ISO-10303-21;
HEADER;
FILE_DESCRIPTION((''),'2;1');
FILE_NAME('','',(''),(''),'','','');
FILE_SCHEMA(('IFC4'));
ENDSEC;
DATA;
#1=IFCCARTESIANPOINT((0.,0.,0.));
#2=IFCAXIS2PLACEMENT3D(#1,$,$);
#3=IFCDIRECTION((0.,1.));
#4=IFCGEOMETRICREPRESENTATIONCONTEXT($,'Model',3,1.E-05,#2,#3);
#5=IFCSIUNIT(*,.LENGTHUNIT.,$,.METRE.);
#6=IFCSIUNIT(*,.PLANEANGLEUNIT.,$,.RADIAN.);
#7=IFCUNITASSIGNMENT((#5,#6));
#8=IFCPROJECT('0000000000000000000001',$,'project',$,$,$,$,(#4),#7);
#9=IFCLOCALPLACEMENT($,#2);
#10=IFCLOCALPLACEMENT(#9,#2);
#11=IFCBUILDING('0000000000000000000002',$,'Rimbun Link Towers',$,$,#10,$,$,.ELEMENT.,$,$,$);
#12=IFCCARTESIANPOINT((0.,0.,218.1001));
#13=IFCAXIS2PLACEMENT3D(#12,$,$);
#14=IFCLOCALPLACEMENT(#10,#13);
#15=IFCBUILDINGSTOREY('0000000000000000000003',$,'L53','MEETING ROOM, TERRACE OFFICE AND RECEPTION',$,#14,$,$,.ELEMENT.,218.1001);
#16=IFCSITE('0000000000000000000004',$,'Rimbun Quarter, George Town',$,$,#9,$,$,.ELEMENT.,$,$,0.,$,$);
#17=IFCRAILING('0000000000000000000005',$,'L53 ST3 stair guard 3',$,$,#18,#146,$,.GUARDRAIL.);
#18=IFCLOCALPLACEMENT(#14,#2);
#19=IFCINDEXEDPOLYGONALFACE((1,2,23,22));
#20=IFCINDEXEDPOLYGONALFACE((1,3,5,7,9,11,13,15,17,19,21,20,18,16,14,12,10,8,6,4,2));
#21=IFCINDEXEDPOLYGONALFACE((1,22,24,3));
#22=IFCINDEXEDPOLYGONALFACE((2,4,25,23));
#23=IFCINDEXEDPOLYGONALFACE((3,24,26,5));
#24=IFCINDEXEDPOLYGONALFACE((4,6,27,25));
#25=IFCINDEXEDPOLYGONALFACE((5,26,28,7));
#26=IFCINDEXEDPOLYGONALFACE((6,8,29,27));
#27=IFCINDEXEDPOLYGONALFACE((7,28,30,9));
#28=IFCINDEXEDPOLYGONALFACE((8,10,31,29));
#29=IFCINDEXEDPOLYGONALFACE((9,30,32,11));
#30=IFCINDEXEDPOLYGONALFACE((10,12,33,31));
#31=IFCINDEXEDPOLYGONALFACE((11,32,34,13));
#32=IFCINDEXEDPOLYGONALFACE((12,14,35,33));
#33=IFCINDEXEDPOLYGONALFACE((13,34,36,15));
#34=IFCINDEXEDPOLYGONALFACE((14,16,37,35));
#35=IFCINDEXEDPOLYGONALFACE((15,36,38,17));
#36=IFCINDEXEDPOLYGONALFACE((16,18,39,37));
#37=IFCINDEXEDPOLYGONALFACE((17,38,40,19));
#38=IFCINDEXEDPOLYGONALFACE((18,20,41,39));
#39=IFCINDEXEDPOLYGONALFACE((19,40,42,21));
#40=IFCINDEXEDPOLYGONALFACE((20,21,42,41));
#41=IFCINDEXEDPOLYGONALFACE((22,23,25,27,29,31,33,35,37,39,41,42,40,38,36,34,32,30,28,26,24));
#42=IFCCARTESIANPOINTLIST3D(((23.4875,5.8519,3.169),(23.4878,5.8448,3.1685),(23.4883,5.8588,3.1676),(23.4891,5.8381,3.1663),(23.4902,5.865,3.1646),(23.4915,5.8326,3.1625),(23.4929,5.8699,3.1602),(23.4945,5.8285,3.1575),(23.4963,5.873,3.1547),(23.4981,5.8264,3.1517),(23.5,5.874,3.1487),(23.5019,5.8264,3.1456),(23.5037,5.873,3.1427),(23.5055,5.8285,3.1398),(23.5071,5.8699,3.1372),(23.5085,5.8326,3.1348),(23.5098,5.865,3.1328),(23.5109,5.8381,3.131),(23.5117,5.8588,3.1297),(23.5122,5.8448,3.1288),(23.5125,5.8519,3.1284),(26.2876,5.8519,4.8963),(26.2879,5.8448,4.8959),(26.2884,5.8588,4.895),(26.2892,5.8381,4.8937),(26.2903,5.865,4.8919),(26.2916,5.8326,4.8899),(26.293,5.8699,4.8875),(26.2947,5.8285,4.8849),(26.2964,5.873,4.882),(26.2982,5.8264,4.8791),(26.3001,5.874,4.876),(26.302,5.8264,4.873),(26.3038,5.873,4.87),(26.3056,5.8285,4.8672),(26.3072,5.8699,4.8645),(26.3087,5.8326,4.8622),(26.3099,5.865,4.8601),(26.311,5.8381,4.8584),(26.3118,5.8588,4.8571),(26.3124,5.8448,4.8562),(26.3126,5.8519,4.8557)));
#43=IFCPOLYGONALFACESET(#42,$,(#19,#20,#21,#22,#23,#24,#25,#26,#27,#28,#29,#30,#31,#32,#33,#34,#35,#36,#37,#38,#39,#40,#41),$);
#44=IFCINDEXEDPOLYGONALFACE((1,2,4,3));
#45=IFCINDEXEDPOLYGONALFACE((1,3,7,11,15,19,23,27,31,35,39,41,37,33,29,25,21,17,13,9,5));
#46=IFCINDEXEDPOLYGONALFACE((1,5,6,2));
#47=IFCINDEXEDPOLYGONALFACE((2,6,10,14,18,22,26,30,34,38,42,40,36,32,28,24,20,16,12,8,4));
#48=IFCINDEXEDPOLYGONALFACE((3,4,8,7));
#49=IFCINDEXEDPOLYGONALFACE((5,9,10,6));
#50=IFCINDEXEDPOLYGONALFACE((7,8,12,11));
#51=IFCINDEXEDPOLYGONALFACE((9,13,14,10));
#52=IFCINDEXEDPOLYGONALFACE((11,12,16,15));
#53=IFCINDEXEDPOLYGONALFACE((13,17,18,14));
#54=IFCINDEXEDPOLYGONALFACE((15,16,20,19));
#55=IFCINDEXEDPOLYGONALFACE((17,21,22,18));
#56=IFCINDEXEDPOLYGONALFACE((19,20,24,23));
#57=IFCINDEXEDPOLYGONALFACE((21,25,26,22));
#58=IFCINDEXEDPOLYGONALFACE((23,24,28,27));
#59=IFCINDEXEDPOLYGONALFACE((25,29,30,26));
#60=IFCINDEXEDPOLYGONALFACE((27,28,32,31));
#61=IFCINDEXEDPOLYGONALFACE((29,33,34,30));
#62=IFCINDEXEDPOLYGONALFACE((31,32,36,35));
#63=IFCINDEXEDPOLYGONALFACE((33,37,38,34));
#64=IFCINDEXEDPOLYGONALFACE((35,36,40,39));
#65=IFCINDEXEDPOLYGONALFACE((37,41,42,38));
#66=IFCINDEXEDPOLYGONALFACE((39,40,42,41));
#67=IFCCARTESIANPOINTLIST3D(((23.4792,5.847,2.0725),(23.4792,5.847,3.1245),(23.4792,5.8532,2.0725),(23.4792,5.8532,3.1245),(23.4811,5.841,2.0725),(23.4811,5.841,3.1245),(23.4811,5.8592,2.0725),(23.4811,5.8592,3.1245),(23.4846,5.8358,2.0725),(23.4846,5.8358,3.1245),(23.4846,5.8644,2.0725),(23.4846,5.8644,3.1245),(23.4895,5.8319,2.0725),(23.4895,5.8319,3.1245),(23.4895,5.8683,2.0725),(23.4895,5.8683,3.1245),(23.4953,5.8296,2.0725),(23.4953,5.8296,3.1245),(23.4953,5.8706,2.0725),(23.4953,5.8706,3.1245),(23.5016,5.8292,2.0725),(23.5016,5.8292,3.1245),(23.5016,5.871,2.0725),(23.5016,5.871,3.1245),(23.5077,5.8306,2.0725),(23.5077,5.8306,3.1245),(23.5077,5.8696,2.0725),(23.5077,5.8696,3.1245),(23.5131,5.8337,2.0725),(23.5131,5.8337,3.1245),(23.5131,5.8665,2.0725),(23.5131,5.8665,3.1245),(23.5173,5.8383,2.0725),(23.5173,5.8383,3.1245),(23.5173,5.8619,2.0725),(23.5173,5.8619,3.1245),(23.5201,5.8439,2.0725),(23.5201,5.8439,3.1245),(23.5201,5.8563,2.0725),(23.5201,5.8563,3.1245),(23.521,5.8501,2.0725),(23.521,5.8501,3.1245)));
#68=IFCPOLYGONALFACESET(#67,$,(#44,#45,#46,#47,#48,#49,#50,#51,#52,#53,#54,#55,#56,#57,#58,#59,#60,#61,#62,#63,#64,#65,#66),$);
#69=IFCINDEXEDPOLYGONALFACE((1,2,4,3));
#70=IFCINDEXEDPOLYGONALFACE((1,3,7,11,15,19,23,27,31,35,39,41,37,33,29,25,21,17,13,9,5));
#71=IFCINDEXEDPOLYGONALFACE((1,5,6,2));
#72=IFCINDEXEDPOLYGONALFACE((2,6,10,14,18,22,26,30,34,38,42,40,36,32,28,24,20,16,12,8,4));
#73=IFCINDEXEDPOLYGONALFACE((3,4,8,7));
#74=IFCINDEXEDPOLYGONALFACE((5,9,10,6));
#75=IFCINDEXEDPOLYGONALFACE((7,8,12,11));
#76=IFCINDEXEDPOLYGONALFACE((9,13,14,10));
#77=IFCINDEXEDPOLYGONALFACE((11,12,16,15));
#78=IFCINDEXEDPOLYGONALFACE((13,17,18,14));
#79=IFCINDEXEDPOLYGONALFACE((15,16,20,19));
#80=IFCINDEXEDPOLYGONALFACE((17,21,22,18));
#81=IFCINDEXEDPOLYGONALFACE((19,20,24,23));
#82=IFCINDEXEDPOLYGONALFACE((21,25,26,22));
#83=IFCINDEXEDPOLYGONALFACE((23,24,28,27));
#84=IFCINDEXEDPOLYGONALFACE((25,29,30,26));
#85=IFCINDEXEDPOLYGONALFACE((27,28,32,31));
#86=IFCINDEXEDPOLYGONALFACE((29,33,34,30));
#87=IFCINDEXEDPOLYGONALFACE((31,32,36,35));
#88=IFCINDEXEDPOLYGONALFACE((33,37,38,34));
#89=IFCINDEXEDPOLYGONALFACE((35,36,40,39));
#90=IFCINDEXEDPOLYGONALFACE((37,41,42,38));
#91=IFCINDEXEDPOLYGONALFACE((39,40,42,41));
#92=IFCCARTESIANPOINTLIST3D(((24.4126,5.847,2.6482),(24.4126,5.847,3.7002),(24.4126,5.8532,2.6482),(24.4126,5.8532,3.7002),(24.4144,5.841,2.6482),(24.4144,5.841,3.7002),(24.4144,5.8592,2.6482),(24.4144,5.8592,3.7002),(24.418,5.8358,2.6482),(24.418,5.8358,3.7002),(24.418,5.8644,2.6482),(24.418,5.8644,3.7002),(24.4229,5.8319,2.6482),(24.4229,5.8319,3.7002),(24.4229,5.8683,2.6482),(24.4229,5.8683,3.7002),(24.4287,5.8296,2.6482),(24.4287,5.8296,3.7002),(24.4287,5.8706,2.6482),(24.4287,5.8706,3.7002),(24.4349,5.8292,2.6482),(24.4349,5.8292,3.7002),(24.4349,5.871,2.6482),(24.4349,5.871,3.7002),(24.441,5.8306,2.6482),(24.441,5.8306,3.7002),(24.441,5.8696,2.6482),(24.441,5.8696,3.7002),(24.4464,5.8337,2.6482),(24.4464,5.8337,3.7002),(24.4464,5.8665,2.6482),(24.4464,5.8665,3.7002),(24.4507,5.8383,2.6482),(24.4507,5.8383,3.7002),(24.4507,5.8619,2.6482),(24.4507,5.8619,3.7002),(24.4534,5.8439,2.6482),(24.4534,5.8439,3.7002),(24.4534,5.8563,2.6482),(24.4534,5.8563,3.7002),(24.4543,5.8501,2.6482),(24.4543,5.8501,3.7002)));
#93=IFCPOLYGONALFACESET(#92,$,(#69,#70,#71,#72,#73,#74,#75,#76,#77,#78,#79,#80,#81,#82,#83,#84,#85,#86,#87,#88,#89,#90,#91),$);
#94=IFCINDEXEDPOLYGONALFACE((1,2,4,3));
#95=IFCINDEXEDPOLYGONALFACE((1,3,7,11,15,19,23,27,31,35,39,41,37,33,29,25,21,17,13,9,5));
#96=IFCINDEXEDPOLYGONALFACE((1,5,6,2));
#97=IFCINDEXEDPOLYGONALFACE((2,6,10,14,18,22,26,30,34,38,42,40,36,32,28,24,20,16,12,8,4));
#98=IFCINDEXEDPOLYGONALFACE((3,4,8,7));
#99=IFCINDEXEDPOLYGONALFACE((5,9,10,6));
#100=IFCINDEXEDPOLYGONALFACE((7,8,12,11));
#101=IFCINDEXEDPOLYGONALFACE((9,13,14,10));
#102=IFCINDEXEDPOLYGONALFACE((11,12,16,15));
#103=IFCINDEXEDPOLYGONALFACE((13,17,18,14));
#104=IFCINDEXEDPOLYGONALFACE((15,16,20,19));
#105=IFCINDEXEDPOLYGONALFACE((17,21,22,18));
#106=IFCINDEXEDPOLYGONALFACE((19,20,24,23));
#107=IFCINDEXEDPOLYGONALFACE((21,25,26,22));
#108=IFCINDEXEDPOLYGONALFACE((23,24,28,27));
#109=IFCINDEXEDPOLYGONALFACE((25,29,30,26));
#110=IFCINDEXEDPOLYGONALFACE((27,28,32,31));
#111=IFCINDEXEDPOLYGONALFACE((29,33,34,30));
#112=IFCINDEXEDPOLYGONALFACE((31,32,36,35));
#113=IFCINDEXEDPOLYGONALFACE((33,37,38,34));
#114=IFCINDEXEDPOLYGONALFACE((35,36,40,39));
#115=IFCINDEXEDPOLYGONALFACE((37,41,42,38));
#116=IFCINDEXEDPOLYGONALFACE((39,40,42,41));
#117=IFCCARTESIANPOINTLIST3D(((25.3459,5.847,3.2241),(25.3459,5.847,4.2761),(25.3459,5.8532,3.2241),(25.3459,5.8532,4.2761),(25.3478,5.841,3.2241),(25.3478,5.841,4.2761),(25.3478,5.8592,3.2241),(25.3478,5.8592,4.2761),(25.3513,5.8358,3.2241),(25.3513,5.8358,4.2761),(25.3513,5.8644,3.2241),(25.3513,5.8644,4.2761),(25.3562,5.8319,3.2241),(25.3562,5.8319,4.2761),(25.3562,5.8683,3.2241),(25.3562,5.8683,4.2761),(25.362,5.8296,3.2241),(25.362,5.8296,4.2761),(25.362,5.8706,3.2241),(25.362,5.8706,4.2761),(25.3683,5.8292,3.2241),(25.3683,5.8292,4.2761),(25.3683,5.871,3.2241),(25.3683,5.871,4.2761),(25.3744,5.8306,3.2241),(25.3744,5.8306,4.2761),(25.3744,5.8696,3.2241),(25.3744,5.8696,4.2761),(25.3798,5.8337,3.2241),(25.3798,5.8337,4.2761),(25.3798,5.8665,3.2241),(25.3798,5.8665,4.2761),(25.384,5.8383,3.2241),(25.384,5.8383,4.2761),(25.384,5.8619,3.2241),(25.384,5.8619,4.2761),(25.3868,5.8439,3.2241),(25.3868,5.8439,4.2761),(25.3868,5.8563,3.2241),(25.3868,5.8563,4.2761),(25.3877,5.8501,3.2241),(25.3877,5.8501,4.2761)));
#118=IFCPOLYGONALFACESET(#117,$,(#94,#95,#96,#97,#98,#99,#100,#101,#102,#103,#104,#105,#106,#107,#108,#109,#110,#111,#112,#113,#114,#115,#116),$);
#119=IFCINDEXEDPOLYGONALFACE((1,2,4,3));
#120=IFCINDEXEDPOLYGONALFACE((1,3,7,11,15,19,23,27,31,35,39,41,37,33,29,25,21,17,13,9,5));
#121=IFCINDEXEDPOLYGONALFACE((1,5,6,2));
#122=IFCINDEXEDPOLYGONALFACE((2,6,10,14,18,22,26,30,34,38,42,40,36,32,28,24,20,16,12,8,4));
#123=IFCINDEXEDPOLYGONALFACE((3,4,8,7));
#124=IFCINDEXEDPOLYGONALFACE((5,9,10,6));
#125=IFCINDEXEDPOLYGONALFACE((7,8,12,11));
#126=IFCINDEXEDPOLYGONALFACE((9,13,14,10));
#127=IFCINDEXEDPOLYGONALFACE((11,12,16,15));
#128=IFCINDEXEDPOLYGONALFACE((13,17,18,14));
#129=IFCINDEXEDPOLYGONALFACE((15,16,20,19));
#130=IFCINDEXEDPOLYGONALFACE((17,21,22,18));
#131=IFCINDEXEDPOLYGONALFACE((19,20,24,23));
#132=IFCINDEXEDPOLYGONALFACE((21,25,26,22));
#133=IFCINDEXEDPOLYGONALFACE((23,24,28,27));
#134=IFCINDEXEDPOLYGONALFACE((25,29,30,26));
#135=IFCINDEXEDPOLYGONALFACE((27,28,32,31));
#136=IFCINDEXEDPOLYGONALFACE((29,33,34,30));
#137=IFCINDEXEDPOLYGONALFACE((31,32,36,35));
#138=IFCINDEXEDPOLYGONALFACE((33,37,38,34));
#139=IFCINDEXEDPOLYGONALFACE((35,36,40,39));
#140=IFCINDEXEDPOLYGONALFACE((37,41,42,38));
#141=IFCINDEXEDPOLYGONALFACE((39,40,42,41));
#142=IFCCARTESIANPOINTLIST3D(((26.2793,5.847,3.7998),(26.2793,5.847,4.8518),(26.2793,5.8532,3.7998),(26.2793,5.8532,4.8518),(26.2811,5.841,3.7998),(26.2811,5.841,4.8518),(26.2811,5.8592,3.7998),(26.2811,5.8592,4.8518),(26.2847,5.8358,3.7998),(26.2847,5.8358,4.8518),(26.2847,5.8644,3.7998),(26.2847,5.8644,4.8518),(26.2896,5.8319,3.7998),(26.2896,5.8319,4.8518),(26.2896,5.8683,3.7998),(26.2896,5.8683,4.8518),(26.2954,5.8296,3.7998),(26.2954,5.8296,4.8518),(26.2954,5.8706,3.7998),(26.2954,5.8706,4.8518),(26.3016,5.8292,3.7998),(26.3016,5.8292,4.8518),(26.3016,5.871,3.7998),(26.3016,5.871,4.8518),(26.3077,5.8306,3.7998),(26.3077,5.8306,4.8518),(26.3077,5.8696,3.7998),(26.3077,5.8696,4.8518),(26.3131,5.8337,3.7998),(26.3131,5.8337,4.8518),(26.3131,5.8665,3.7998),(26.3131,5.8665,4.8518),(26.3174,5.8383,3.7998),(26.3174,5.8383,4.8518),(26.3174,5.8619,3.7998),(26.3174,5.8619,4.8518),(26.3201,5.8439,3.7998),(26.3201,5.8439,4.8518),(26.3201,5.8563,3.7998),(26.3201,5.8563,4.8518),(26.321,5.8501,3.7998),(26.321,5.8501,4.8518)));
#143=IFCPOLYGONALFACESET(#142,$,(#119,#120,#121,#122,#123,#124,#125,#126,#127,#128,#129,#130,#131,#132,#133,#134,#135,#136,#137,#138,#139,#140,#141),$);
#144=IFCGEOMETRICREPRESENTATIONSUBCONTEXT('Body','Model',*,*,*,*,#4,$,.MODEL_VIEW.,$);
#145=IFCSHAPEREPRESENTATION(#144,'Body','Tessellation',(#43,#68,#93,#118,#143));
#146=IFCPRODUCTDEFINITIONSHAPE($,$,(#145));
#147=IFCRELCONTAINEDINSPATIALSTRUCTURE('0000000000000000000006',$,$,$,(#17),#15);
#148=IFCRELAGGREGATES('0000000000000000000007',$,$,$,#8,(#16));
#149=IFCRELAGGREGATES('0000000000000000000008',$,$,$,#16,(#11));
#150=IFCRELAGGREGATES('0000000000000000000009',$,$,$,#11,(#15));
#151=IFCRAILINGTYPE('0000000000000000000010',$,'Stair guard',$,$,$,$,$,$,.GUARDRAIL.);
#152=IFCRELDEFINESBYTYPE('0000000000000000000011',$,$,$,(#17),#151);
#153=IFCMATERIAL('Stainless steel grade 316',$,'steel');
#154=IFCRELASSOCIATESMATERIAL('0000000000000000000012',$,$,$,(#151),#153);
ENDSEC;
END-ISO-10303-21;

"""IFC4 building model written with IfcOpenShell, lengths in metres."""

from ifc_helpers import new_model, si_unit, direction, frame, origin, origin_2d, place, context, subcontext, project, spatial, circle, extrude, material, type_object, element, save


model = new_model("IFC4")

# Units and contexts
model_context = context("Model", 3, precision=1e-05, world=origin(), true_north=direction((0.0, 1.0)))
body_context = subcontext(model_context, "Body", "Model", "MODEL_VIEW")
ifc_project = project(units=[si_unit("LENGTHUNIT", "METRE"), si_unit("PLANEANGLEUNIT", "RADIAN")], contexts=[model_context])

# Site, building, storey
site_placement = place(None, origin())
site = spatial("IfcSite", under=ifc_project, at=site_placement, Name="Rimbun Quarter, George Town", CompositionType="ELEMENT", RefElevation=0.0)
building_placement = place(site_placement, origin())
building = spatial("IfcBuilding", under=site, at=building_placement, Name="Rimbun Link Towers", CompositionType="ELEMENT")
storey_placement = place(building_placement, frame((0.0, 0.0, 218.1001)))
storey = spatial("IfcBuildingStorey", under=building, at=storey_placement, Name="L53", Description="MEETING ROOM, TERRACE OFFICE AND RECEPTION", CompositionType="ELEMENT", Elevation=218.1001)

# Railing
ifc_material_1 = material(Name="Stainless steel grade 316", Category="steel")
railing_type_1 = type_object("IfcRailingType", Name="Stair guard", PredefinedType="GUARDRAIL", material=ifc_material_1)
railing_1_placement = place(storey_placement, frame((23.5, 5.8501, 2.0725)))
element("IfcRailing", 1, at=railing_1_placement, inside=storey, type_object=railing_type_1, Name="L53 ST3 stair guard 3", PredefinedType="GUARDRAIL", context=body_context, shape_type="SweptSolid", body=[
    extrude(circle(Radius=0.0239, at=origin_2d()), frame((0.0, 0.0, 1.0762), z_axis=(0.85109, 0.0, 0.52502), x_axis=(0.0, 1.0, 0.0)), (0.0, 0.0, 1.0), 3.29),
    extrude(circle(Radius=0.021, at=origin_2d()), origin(), (0.0, 0.0, 1.0), 1.052),
    extrude(circle(Radius=0.021, at=origin_2d()), frame((0.9333, 0.0, 0.5757)), (0.0, 0.0, 1.0), 1.052),
    extrude(circle(Radius=0.021, at=origin_2d()), frame((1.8667, 0.0, 1.1516)), (0.0, 0.0, 1.0), 1.052),
    extrude(circle(Radius=0.021, at=origin_2d()), frame((2.8, 0.0, 1.7273)), (0.0, 0.0, 1.0), 1.052),
])

save(model, "model.ifc")
